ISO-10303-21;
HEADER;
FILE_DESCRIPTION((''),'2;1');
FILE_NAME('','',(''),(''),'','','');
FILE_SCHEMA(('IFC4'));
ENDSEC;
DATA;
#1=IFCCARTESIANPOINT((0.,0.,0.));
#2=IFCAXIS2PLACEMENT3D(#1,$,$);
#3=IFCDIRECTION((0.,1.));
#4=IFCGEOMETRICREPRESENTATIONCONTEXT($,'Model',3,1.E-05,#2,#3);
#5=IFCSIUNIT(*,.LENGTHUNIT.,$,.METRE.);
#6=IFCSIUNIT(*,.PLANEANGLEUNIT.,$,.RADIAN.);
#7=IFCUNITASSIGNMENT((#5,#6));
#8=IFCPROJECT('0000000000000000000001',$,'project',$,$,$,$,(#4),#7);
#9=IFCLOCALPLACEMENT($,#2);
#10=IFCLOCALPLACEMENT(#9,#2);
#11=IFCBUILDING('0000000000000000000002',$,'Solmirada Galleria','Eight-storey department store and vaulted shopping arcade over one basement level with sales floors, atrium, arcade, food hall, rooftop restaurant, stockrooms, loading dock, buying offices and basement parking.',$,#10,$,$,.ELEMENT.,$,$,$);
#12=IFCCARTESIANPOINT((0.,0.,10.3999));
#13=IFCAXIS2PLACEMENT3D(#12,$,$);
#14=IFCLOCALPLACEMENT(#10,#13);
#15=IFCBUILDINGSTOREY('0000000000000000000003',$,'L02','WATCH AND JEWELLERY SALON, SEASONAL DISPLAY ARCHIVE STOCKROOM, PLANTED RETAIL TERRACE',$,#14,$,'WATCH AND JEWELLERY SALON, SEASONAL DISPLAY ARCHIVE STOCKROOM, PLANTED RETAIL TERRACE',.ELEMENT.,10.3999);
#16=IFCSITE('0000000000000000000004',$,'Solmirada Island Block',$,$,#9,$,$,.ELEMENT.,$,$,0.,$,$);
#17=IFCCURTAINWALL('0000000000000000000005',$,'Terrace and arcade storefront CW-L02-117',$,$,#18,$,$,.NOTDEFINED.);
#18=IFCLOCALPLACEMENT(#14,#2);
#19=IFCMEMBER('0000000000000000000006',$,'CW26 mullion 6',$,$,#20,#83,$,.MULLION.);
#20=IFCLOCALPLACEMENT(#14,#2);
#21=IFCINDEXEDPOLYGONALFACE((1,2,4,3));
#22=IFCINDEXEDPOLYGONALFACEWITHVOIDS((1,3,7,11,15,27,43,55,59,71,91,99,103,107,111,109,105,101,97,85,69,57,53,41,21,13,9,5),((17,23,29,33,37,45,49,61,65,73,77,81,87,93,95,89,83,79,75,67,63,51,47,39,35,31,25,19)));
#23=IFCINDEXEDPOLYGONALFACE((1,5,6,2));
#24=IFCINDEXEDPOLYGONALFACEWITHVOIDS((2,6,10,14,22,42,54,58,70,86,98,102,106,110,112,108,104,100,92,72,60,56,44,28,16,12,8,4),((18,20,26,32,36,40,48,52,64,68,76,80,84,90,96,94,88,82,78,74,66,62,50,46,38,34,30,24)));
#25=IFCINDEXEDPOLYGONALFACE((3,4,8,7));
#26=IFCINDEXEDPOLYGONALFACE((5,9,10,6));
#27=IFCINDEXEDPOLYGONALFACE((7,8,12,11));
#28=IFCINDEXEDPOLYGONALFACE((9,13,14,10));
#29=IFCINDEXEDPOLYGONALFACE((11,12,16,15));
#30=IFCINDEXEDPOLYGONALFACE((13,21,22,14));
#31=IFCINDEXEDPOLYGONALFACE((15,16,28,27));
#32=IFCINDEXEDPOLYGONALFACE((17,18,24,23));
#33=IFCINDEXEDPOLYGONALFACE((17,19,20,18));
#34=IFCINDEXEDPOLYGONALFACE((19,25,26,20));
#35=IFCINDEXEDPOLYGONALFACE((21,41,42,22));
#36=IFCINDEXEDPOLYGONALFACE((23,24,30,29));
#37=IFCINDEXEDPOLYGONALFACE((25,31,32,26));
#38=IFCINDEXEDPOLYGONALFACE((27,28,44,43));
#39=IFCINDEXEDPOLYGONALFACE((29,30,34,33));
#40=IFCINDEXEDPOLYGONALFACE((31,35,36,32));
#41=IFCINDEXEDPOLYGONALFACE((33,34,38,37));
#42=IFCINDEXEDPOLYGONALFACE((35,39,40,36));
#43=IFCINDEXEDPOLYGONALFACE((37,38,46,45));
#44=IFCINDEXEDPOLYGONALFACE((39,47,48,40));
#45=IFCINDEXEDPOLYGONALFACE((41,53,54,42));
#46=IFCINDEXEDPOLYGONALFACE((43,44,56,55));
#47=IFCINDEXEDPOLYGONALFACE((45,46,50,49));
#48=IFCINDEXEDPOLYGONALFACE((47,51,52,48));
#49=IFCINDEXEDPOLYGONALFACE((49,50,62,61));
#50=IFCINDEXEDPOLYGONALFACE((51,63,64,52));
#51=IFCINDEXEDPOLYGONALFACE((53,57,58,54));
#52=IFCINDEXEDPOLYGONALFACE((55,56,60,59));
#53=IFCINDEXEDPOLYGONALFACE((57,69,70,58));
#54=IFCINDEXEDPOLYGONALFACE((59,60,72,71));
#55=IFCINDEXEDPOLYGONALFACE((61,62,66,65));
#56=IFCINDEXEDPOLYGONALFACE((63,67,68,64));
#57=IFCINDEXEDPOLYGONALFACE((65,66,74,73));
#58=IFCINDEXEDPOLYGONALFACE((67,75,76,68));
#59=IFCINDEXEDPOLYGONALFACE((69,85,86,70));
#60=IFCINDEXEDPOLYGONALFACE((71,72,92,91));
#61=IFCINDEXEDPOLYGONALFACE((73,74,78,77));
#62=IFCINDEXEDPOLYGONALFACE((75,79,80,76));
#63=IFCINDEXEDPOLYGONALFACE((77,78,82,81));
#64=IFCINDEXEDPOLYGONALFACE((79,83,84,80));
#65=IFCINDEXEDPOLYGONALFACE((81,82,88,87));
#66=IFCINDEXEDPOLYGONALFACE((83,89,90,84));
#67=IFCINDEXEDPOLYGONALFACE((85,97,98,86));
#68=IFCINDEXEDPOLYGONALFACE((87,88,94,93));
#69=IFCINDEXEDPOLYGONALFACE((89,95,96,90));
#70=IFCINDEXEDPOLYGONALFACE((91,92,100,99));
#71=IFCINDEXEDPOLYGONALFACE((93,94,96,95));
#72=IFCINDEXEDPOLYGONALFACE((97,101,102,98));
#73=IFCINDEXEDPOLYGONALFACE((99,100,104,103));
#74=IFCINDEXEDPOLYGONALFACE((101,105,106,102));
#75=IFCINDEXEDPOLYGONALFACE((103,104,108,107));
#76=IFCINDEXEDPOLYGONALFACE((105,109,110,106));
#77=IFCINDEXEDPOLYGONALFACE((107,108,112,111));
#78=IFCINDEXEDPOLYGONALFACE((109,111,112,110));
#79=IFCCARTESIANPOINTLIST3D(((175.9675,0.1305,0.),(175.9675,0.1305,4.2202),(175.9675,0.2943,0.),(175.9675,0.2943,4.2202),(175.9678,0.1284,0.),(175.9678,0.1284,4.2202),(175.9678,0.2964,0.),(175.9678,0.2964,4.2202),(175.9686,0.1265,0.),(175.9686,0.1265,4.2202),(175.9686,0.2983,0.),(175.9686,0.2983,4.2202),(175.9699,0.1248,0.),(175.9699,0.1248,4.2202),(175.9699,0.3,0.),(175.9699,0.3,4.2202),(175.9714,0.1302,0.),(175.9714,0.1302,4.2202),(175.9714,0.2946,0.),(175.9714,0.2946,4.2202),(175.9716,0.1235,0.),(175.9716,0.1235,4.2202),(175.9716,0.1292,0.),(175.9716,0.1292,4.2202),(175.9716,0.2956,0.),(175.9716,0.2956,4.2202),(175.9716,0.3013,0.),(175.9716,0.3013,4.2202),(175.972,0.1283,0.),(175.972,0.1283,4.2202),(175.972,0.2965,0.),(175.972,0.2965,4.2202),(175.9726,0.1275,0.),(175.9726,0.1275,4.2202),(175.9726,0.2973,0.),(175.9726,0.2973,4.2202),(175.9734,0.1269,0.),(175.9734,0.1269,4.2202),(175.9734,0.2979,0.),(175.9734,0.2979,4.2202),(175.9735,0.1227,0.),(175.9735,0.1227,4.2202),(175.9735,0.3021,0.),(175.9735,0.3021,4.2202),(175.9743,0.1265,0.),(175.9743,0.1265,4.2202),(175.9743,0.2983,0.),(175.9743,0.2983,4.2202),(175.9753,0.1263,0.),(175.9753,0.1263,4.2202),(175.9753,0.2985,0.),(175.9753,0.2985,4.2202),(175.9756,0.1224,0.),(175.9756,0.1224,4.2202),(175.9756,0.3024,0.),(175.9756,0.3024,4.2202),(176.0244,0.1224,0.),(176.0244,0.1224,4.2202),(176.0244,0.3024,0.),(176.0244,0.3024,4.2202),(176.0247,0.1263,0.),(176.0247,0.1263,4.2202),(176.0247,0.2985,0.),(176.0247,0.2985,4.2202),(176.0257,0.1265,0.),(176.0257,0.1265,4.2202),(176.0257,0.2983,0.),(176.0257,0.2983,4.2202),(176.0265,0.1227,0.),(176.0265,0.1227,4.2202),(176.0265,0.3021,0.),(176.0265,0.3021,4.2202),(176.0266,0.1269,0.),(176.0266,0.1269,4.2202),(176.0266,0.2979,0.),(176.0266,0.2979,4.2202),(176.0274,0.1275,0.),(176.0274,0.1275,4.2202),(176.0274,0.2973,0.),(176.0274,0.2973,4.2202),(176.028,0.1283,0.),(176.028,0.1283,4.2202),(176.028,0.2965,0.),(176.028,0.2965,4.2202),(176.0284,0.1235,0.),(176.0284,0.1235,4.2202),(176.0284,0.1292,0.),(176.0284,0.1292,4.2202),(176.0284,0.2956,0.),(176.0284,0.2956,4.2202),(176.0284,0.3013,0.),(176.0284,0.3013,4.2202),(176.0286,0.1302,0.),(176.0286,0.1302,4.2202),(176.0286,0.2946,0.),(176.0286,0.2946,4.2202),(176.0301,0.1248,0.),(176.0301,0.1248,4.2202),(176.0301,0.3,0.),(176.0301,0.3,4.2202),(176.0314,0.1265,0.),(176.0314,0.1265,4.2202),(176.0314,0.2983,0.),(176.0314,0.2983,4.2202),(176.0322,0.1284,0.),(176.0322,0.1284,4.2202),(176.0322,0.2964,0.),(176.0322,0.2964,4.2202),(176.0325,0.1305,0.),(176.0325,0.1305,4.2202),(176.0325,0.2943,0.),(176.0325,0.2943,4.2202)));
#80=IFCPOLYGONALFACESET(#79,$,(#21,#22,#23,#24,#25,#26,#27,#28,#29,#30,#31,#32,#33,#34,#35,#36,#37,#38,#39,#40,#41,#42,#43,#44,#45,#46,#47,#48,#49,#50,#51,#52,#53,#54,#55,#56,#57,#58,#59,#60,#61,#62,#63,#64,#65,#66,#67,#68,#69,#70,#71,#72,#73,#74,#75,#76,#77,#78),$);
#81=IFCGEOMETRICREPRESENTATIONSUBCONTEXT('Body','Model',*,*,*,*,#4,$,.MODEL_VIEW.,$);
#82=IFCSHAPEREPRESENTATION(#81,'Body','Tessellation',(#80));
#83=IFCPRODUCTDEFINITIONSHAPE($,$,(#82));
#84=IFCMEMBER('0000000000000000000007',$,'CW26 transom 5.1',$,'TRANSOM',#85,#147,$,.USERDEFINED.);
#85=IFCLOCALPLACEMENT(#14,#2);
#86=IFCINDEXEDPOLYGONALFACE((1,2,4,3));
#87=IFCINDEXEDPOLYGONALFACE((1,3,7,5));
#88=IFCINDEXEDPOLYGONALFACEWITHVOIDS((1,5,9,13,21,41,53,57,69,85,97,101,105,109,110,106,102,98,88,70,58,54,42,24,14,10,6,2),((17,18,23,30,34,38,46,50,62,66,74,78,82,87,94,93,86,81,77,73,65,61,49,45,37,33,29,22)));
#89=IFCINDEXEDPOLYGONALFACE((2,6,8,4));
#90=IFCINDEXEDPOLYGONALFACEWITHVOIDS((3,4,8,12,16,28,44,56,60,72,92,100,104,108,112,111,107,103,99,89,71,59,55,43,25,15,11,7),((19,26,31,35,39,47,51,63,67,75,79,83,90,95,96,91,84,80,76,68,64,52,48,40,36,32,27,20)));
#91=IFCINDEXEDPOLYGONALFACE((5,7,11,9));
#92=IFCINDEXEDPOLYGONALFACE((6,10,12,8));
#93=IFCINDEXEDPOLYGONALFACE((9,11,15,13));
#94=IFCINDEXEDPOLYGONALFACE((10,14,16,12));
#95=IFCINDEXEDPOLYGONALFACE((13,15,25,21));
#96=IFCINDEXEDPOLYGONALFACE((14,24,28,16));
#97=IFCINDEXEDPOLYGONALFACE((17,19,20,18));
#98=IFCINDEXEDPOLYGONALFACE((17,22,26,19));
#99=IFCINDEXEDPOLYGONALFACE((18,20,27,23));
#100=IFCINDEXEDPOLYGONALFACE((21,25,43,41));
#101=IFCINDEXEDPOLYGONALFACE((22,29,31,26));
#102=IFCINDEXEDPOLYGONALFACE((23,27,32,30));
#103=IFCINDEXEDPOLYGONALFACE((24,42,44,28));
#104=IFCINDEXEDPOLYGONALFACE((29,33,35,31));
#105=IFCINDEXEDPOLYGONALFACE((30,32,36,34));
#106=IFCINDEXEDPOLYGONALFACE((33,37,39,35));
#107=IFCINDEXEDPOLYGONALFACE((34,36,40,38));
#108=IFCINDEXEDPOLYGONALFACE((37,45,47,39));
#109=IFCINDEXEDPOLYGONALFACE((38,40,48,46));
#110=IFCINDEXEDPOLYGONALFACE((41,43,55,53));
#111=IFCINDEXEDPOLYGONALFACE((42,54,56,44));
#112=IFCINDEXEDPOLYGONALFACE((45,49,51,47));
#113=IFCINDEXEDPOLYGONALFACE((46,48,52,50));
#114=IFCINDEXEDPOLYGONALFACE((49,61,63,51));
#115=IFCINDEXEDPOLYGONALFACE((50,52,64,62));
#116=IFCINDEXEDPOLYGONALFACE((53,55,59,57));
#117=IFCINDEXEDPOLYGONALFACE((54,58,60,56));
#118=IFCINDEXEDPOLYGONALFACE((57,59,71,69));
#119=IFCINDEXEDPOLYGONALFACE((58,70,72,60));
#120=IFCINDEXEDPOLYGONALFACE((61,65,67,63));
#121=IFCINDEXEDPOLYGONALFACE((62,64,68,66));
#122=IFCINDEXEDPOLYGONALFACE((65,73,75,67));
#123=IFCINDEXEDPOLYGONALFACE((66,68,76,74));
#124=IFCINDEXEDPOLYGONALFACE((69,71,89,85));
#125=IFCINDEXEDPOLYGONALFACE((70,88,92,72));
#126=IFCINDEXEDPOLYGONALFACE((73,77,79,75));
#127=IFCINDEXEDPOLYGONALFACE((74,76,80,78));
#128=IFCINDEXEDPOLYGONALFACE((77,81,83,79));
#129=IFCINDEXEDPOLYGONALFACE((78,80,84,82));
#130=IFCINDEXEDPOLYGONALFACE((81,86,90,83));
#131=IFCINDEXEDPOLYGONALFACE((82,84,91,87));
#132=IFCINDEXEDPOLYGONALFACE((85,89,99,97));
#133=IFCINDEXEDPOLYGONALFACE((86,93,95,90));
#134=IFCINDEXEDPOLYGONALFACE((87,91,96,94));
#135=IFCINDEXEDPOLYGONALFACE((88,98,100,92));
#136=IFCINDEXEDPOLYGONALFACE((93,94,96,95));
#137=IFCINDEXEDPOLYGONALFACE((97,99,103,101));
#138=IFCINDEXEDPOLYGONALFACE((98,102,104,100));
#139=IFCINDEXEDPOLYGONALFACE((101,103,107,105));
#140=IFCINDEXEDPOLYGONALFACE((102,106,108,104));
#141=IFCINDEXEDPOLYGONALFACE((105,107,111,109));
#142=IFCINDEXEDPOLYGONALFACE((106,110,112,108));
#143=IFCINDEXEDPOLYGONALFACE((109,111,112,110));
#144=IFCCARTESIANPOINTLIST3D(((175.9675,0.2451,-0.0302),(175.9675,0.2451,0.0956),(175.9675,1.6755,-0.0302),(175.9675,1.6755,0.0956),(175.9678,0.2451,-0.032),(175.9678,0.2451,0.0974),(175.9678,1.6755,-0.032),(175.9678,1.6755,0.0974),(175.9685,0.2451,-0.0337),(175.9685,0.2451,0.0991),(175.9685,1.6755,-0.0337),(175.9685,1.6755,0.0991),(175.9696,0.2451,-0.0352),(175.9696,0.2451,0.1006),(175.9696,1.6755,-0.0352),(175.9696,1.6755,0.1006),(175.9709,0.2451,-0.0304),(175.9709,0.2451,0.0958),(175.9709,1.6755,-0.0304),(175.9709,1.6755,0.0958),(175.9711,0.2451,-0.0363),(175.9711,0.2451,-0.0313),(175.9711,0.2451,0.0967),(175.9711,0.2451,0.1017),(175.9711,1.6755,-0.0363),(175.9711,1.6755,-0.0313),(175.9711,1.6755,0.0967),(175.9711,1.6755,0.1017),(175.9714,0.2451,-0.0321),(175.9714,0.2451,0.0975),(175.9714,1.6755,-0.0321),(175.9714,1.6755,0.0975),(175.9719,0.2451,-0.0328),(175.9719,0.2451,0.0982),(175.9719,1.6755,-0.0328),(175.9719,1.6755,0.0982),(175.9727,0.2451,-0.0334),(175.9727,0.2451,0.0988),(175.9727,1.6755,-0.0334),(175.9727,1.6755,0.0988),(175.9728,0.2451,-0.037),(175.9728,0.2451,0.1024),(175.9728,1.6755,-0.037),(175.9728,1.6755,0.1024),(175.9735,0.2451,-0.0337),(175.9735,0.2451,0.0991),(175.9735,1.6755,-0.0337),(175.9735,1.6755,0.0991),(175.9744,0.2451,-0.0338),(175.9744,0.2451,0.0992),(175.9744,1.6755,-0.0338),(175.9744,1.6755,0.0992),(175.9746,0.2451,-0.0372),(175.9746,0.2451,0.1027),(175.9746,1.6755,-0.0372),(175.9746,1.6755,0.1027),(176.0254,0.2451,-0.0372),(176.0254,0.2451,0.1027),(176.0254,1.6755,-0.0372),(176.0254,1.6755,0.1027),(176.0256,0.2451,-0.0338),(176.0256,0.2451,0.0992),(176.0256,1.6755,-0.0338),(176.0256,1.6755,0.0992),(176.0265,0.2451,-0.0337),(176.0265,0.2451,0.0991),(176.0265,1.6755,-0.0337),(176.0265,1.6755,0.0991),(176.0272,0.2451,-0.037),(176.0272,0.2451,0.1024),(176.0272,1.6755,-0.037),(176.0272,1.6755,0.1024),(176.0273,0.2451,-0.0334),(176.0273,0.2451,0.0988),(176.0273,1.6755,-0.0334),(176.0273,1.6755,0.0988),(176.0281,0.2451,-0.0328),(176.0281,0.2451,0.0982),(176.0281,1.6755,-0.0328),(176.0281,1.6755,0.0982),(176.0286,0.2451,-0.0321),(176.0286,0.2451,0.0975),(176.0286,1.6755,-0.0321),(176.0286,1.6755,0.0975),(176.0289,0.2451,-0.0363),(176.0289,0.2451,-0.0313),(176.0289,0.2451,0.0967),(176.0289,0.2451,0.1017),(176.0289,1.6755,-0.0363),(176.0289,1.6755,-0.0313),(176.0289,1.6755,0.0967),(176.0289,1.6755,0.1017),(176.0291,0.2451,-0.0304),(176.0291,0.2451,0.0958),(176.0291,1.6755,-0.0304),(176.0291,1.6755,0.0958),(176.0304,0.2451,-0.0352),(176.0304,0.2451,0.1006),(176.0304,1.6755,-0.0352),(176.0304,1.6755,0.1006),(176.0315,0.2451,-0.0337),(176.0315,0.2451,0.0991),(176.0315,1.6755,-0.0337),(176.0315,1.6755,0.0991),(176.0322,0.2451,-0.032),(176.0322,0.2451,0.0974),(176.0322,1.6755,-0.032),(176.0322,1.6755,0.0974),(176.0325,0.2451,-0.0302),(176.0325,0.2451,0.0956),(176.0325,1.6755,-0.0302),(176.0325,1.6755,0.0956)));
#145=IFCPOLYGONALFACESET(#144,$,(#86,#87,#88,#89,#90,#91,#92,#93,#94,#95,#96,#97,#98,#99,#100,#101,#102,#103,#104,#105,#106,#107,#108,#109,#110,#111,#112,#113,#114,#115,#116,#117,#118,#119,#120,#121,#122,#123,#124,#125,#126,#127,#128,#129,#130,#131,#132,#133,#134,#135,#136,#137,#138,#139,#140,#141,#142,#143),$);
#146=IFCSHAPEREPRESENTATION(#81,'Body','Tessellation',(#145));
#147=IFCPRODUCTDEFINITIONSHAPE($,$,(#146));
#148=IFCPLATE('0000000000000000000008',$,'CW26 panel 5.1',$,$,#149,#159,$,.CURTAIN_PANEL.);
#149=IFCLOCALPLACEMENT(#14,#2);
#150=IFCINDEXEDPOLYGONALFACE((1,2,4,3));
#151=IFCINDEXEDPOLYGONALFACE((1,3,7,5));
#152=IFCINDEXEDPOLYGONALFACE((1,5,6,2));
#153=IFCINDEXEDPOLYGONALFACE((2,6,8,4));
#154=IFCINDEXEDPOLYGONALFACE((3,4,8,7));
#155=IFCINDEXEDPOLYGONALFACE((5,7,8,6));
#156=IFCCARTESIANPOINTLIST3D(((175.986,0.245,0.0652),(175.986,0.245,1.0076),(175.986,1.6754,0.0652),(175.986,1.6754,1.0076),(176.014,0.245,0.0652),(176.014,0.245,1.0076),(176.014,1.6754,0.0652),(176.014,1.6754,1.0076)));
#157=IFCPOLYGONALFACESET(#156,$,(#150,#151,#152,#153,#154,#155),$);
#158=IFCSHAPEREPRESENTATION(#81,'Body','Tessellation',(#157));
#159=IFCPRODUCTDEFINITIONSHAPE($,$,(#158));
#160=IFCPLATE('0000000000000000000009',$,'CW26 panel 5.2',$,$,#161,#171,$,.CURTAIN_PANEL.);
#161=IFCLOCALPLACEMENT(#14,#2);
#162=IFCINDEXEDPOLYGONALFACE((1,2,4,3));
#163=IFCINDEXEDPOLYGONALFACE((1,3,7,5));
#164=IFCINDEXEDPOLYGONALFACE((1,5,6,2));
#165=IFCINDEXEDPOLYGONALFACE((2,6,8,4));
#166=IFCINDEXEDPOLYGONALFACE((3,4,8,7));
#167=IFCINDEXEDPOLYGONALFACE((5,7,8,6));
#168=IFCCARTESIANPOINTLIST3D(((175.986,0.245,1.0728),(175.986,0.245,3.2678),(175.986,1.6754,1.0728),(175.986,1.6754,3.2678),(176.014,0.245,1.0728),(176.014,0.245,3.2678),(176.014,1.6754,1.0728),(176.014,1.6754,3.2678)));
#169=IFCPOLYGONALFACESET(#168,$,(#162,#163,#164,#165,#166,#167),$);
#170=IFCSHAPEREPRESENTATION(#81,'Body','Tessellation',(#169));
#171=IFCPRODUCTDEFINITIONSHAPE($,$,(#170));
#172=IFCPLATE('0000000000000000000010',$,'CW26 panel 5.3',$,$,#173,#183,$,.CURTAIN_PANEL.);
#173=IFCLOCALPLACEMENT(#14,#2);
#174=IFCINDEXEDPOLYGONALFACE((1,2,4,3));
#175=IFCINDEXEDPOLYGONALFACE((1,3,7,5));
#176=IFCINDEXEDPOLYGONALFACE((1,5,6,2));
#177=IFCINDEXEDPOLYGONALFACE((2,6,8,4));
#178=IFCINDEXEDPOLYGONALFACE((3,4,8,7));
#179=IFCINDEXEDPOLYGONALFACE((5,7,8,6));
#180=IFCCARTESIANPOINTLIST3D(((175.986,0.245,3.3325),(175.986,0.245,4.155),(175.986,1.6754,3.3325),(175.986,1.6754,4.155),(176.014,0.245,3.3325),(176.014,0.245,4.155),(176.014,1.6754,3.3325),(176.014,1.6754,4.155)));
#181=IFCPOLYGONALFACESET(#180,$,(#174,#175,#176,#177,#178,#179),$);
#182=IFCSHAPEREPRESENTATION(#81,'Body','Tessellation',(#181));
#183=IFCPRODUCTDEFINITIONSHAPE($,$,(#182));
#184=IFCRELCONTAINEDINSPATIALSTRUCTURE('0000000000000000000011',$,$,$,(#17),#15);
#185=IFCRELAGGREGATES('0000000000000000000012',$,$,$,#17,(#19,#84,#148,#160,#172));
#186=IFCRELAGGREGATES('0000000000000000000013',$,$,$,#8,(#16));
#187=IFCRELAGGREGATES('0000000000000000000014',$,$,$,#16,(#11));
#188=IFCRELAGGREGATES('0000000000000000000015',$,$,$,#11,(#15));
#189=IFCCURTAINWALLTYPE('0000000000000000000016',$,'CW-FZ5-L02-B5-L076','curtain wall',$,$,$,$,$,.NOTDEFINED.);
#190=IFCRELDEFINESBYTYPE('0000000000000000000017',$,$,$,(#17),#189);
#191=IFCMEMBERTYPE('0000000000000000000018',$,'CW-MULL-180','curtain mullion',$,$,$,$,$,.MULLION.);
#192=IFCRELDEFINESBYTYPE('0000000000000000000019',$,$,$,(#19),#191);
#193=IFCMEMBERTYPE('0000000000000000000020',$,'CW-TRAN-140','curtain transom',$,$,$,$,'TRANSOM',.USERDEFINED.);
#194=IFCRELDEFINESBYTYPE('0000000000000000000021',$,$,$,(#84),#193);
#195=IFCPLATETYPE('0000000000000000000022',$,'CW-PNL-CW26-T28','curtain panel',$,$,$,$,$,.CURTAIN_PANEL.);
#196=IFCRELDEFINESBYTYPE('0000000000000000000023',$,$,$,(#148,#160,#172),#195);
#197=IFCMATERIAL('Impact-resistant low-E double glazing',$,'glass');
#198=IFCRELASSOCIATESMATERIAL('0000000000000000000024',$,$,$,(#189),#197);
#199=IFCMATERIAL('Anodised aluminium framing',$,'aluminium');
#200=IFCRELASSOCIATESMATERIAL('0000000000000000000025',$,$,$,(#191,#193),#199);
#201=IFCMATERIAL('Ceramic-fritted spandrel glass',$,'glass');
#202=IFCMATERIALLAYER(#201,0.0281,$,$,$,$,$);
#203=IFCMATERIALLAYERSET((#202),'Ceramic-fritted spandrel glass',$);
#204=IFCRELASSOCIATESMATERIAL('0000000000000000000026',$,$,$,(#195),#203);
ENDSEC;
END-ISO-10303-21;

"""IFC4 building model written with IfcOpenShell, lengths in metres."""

from ifc_helpers import new_model, si_unit, direction, frame, origin, origin_2d, place, context, subcontext, project, spatial, rectangle, hollow_rectangle, extrude, material, layer, layer_set, material_profile, profile_set, type_object, element, aggregate, save


model = new_model("IFC4")

# Units and contexts
model_context = context("Model", 3, precision=1e-05, world=origin(), true_north=direction((0.0, 1.0)))
body_context = subcontext(model_context, "Body", "Model", "MODEL_VIEW")
ifc_project = project(units=[si_unit("LENGTHUNIT", "METRE"), si_unit("PLANEANGLEUNIT", "RADIAN")], contexts=[model_context])

# Site, building, storey
site_placement = place(None, origin())
site = spatial("IfcSite", under=ifc_project, at=site_placement, Name="Solmirada Island Block", CompositionType="ELEMENT", RefElevation=0.0)
building_placement = place(site_placement, origin())
building = spatial("IfcBuilding", under=site, at=building_placement, Name="Solmirada Galleria", Description="Eight-storey department store and vaulted shopping arcade over one basement level with sales floors, atrium, arcade, food hall, rooftop restaurant, stockrooms, loading dock, buying offices and basement parking.", CompositionType="ELEMENT")
storey_placement = place(building_placement, frame((0.0, 0.0, 10.3999)))
storey = spatial("IfcBuildingStorey", under=building, at=storey_placement, Name="L02", Description="WATCH AND JEWELLERY SALON, SEASONAL DISPLAY ARCHIVE STOCKROOM, PLANTED RETAIL TERRACE", LongName="WATCH AND JEWELLERY SALON, SEASONAL DISPLAY ARCHIVE STOCKROOM, PLANTED RETAIL TERRACE", CompositionType="ELEMENT", Elevation=10.3999)

# Curtain wall, members, plates
ifc_material_1 = material(Name="Impact-resistant low-E double glazing", Category="glass")
curtain_wall_type = type_object("IfcCurtainWallType", Name="CW-FZ5-L02-B5-L076", Description="curtain wall", PredefinedType="NOTDEFINED", material=ifc_material_1)
curtain_wall_placement = place(storey_placement, origin())
curtain_wall = element("IfcCurtainWall", 1, at=curtain_wall_placement, inside=storey, type_object=curtain_wall_type, Name="Terrace and arcade storefront CW-L02-117", PredefinedType="NOTDEFINED")
ifc_material_2 = material(Name="Anodised aluminium framing", Category="aluminium")
ifc_material_profile_1 = material_profile(ifc_material_2, hollow_rectangle(XDim=0.0649, YDim=0.1799, WallThickness=0.0039, InnerFilletRadius=0.0039, OuterFilletRadius=0.0081, at=origin_2d()), Name="ALU-MULL-180X65")
ifc_profile_set_1 = profile_set([ifc_material_profile_1], Name="Anodised aluminium framing")
member_type_1 = type_object("IfcMemberType", Name="CW-MULL-180", Description="curtain mullion", PredefinedType="MULLION", material=ifc_profile_set_1)
member_1_placement = place(storey_placement, frame((176.0, 0.2124, 0.0), z_axis=(0.0, 0.0, 1.0), x_axis=(1.0, 0.0, 0.0)))
member_1 = element("IfcMember", 2, at=member_1_placement, type_object=member_type_1, Name="CW26 mullion 6", PredefinedType="MULLION", context=body_context, shape_type="SweptSolid", body=[
    extrude(hollow_rectangle(XDim=0.0649, YDim=0.1799, WallThickness=0.0039, InnerFilletRadius=0.0039, OuterFilletRadius=0.0081, at=origin_2d()), origin(), (0.0, 0.0, 1.0), 4.2202),
])
ifc_material_profile_2 = material_profile(ifc_material_2, hollow_rectangle(XDim=0.0649, YDim=0.1399, WallThickness=0.0034, InnerFilletRadius=0.0034, OuterFilletRadius=0.0071, at=origin_2d()), Name="ALU-TRAN-140X65")
ifc_profile_set_2 = profile_set([ifc_material_profile_2], Name="Anodised aluminium framing")
member_type_2 = type_object("IfcMemberType", Name="CW-TRAN-140", Description="curtain transom", ElementType="TRANSOM", PredefinedType="USERDEFINED", material=ifc_profile_set_2)
member_2_placement = place(storey_placement, frame((176.0, 1.6755, 0.0327), z_axis=(0.0, -1.0, 0.0), x_axis=(1.0, 0.0, 0.0)))
member_2 = element("IfcMember", 3, at=member_2_placement, type_object=member_type_2, Name="CW26 transom 5.1", ObjectType="TRANSOM", PredefinedType="USERDEFINED", context=body_context, shape_type="SweptSolid", body=[
    extrude(hollow_rectangle(XDim=0.0649, YDim=0.1399, WallThickness=0.0034, InnerFilletRadius=0.0034, OuterFilletRadius=0.0071, at=origin_2d()), origin(), (0.0, 0.0, 1.0), 1.4304),
])
ifc_material_3 = material(Name="Ceramic-fritted spandrel glass", Category="glass")
ifc_layer_1 = layer(ifc_material_3, 0.0281)
ifc_layer_set_1 = layer_set([ifc_layer_1], Name="Ceramic-fritted spandrel glass")
plate_type = type_object("IfcPlateType", Name="CW-PNL-CW26-T28", Description="curtain panel", PredefinedType="CURTAIN_PANEL", material=ifc_layer_set_1)
plate_1_placement = place(storey_placement, frame((176.0, 0.9602, 0.0652), z_axis=(0.0, 0.0, 1.0), x_axis=(0.0, -1.0, 0.0)))
plate_1 = element("IfcPlate", 4, at=plate_1_placement, type_object=plate_type, Name="CW26 panel 5.1", PredefinedType="CURTAIN_PANEL", context=body_context, shape_type="SweptSolid", body=[
    extrude(rectangle(XDim=1.4304, YDim=0.0281, at=origin_2d()), origin(), (0.0, 0.0, 1.0), 0.9424),
])
plate_2_placement = place(storey_placement, frame((176.0, 0.9602, 1.0728), z_axis=(0.0, 0.0, 1.0), x_axis=(0.0, -1.0, 0.0)))
plate_2 = element("IfcPlate", 5, at=plate_2_placement, type_object=plate_type, Name="CW26 panel 5.2", PredefinedType="CURTAIN_PANEL", context=body_context, shape_type="SweptSolid", body=[
    extrude(rectangle(XDim=1.4304, YDim=0.0281, at=origin_2d()), origin(), (0.0, 0.0, 1.0), 2.1951),
])
plate_3_placement = place(storey_placement, frame((176.0, 0.9602, 3.3325), z_axis=(0.0, 0.0, 1.0), x_axis=(0.0, -1.0, 0.0)))
plate_3 = element("IfcPlate", 6, at=plate_3_placement, type_object=plate_type, Name="CW26 panel 5.3", PredefinedType="CURTAIN_PANEL", context=body_context, shape_type="SweptSolid", body=[
    extrude(rectangle(XDim=1.4304, YDim=0.0281, at=origin_2d()), origin(), (0.0, 0.0, 1.0), 0.8225),
])
aggregate(curtain_wall, [member_1, member_2, plate_1, plate_2, plate_3])

save(model, "model.ifc")
